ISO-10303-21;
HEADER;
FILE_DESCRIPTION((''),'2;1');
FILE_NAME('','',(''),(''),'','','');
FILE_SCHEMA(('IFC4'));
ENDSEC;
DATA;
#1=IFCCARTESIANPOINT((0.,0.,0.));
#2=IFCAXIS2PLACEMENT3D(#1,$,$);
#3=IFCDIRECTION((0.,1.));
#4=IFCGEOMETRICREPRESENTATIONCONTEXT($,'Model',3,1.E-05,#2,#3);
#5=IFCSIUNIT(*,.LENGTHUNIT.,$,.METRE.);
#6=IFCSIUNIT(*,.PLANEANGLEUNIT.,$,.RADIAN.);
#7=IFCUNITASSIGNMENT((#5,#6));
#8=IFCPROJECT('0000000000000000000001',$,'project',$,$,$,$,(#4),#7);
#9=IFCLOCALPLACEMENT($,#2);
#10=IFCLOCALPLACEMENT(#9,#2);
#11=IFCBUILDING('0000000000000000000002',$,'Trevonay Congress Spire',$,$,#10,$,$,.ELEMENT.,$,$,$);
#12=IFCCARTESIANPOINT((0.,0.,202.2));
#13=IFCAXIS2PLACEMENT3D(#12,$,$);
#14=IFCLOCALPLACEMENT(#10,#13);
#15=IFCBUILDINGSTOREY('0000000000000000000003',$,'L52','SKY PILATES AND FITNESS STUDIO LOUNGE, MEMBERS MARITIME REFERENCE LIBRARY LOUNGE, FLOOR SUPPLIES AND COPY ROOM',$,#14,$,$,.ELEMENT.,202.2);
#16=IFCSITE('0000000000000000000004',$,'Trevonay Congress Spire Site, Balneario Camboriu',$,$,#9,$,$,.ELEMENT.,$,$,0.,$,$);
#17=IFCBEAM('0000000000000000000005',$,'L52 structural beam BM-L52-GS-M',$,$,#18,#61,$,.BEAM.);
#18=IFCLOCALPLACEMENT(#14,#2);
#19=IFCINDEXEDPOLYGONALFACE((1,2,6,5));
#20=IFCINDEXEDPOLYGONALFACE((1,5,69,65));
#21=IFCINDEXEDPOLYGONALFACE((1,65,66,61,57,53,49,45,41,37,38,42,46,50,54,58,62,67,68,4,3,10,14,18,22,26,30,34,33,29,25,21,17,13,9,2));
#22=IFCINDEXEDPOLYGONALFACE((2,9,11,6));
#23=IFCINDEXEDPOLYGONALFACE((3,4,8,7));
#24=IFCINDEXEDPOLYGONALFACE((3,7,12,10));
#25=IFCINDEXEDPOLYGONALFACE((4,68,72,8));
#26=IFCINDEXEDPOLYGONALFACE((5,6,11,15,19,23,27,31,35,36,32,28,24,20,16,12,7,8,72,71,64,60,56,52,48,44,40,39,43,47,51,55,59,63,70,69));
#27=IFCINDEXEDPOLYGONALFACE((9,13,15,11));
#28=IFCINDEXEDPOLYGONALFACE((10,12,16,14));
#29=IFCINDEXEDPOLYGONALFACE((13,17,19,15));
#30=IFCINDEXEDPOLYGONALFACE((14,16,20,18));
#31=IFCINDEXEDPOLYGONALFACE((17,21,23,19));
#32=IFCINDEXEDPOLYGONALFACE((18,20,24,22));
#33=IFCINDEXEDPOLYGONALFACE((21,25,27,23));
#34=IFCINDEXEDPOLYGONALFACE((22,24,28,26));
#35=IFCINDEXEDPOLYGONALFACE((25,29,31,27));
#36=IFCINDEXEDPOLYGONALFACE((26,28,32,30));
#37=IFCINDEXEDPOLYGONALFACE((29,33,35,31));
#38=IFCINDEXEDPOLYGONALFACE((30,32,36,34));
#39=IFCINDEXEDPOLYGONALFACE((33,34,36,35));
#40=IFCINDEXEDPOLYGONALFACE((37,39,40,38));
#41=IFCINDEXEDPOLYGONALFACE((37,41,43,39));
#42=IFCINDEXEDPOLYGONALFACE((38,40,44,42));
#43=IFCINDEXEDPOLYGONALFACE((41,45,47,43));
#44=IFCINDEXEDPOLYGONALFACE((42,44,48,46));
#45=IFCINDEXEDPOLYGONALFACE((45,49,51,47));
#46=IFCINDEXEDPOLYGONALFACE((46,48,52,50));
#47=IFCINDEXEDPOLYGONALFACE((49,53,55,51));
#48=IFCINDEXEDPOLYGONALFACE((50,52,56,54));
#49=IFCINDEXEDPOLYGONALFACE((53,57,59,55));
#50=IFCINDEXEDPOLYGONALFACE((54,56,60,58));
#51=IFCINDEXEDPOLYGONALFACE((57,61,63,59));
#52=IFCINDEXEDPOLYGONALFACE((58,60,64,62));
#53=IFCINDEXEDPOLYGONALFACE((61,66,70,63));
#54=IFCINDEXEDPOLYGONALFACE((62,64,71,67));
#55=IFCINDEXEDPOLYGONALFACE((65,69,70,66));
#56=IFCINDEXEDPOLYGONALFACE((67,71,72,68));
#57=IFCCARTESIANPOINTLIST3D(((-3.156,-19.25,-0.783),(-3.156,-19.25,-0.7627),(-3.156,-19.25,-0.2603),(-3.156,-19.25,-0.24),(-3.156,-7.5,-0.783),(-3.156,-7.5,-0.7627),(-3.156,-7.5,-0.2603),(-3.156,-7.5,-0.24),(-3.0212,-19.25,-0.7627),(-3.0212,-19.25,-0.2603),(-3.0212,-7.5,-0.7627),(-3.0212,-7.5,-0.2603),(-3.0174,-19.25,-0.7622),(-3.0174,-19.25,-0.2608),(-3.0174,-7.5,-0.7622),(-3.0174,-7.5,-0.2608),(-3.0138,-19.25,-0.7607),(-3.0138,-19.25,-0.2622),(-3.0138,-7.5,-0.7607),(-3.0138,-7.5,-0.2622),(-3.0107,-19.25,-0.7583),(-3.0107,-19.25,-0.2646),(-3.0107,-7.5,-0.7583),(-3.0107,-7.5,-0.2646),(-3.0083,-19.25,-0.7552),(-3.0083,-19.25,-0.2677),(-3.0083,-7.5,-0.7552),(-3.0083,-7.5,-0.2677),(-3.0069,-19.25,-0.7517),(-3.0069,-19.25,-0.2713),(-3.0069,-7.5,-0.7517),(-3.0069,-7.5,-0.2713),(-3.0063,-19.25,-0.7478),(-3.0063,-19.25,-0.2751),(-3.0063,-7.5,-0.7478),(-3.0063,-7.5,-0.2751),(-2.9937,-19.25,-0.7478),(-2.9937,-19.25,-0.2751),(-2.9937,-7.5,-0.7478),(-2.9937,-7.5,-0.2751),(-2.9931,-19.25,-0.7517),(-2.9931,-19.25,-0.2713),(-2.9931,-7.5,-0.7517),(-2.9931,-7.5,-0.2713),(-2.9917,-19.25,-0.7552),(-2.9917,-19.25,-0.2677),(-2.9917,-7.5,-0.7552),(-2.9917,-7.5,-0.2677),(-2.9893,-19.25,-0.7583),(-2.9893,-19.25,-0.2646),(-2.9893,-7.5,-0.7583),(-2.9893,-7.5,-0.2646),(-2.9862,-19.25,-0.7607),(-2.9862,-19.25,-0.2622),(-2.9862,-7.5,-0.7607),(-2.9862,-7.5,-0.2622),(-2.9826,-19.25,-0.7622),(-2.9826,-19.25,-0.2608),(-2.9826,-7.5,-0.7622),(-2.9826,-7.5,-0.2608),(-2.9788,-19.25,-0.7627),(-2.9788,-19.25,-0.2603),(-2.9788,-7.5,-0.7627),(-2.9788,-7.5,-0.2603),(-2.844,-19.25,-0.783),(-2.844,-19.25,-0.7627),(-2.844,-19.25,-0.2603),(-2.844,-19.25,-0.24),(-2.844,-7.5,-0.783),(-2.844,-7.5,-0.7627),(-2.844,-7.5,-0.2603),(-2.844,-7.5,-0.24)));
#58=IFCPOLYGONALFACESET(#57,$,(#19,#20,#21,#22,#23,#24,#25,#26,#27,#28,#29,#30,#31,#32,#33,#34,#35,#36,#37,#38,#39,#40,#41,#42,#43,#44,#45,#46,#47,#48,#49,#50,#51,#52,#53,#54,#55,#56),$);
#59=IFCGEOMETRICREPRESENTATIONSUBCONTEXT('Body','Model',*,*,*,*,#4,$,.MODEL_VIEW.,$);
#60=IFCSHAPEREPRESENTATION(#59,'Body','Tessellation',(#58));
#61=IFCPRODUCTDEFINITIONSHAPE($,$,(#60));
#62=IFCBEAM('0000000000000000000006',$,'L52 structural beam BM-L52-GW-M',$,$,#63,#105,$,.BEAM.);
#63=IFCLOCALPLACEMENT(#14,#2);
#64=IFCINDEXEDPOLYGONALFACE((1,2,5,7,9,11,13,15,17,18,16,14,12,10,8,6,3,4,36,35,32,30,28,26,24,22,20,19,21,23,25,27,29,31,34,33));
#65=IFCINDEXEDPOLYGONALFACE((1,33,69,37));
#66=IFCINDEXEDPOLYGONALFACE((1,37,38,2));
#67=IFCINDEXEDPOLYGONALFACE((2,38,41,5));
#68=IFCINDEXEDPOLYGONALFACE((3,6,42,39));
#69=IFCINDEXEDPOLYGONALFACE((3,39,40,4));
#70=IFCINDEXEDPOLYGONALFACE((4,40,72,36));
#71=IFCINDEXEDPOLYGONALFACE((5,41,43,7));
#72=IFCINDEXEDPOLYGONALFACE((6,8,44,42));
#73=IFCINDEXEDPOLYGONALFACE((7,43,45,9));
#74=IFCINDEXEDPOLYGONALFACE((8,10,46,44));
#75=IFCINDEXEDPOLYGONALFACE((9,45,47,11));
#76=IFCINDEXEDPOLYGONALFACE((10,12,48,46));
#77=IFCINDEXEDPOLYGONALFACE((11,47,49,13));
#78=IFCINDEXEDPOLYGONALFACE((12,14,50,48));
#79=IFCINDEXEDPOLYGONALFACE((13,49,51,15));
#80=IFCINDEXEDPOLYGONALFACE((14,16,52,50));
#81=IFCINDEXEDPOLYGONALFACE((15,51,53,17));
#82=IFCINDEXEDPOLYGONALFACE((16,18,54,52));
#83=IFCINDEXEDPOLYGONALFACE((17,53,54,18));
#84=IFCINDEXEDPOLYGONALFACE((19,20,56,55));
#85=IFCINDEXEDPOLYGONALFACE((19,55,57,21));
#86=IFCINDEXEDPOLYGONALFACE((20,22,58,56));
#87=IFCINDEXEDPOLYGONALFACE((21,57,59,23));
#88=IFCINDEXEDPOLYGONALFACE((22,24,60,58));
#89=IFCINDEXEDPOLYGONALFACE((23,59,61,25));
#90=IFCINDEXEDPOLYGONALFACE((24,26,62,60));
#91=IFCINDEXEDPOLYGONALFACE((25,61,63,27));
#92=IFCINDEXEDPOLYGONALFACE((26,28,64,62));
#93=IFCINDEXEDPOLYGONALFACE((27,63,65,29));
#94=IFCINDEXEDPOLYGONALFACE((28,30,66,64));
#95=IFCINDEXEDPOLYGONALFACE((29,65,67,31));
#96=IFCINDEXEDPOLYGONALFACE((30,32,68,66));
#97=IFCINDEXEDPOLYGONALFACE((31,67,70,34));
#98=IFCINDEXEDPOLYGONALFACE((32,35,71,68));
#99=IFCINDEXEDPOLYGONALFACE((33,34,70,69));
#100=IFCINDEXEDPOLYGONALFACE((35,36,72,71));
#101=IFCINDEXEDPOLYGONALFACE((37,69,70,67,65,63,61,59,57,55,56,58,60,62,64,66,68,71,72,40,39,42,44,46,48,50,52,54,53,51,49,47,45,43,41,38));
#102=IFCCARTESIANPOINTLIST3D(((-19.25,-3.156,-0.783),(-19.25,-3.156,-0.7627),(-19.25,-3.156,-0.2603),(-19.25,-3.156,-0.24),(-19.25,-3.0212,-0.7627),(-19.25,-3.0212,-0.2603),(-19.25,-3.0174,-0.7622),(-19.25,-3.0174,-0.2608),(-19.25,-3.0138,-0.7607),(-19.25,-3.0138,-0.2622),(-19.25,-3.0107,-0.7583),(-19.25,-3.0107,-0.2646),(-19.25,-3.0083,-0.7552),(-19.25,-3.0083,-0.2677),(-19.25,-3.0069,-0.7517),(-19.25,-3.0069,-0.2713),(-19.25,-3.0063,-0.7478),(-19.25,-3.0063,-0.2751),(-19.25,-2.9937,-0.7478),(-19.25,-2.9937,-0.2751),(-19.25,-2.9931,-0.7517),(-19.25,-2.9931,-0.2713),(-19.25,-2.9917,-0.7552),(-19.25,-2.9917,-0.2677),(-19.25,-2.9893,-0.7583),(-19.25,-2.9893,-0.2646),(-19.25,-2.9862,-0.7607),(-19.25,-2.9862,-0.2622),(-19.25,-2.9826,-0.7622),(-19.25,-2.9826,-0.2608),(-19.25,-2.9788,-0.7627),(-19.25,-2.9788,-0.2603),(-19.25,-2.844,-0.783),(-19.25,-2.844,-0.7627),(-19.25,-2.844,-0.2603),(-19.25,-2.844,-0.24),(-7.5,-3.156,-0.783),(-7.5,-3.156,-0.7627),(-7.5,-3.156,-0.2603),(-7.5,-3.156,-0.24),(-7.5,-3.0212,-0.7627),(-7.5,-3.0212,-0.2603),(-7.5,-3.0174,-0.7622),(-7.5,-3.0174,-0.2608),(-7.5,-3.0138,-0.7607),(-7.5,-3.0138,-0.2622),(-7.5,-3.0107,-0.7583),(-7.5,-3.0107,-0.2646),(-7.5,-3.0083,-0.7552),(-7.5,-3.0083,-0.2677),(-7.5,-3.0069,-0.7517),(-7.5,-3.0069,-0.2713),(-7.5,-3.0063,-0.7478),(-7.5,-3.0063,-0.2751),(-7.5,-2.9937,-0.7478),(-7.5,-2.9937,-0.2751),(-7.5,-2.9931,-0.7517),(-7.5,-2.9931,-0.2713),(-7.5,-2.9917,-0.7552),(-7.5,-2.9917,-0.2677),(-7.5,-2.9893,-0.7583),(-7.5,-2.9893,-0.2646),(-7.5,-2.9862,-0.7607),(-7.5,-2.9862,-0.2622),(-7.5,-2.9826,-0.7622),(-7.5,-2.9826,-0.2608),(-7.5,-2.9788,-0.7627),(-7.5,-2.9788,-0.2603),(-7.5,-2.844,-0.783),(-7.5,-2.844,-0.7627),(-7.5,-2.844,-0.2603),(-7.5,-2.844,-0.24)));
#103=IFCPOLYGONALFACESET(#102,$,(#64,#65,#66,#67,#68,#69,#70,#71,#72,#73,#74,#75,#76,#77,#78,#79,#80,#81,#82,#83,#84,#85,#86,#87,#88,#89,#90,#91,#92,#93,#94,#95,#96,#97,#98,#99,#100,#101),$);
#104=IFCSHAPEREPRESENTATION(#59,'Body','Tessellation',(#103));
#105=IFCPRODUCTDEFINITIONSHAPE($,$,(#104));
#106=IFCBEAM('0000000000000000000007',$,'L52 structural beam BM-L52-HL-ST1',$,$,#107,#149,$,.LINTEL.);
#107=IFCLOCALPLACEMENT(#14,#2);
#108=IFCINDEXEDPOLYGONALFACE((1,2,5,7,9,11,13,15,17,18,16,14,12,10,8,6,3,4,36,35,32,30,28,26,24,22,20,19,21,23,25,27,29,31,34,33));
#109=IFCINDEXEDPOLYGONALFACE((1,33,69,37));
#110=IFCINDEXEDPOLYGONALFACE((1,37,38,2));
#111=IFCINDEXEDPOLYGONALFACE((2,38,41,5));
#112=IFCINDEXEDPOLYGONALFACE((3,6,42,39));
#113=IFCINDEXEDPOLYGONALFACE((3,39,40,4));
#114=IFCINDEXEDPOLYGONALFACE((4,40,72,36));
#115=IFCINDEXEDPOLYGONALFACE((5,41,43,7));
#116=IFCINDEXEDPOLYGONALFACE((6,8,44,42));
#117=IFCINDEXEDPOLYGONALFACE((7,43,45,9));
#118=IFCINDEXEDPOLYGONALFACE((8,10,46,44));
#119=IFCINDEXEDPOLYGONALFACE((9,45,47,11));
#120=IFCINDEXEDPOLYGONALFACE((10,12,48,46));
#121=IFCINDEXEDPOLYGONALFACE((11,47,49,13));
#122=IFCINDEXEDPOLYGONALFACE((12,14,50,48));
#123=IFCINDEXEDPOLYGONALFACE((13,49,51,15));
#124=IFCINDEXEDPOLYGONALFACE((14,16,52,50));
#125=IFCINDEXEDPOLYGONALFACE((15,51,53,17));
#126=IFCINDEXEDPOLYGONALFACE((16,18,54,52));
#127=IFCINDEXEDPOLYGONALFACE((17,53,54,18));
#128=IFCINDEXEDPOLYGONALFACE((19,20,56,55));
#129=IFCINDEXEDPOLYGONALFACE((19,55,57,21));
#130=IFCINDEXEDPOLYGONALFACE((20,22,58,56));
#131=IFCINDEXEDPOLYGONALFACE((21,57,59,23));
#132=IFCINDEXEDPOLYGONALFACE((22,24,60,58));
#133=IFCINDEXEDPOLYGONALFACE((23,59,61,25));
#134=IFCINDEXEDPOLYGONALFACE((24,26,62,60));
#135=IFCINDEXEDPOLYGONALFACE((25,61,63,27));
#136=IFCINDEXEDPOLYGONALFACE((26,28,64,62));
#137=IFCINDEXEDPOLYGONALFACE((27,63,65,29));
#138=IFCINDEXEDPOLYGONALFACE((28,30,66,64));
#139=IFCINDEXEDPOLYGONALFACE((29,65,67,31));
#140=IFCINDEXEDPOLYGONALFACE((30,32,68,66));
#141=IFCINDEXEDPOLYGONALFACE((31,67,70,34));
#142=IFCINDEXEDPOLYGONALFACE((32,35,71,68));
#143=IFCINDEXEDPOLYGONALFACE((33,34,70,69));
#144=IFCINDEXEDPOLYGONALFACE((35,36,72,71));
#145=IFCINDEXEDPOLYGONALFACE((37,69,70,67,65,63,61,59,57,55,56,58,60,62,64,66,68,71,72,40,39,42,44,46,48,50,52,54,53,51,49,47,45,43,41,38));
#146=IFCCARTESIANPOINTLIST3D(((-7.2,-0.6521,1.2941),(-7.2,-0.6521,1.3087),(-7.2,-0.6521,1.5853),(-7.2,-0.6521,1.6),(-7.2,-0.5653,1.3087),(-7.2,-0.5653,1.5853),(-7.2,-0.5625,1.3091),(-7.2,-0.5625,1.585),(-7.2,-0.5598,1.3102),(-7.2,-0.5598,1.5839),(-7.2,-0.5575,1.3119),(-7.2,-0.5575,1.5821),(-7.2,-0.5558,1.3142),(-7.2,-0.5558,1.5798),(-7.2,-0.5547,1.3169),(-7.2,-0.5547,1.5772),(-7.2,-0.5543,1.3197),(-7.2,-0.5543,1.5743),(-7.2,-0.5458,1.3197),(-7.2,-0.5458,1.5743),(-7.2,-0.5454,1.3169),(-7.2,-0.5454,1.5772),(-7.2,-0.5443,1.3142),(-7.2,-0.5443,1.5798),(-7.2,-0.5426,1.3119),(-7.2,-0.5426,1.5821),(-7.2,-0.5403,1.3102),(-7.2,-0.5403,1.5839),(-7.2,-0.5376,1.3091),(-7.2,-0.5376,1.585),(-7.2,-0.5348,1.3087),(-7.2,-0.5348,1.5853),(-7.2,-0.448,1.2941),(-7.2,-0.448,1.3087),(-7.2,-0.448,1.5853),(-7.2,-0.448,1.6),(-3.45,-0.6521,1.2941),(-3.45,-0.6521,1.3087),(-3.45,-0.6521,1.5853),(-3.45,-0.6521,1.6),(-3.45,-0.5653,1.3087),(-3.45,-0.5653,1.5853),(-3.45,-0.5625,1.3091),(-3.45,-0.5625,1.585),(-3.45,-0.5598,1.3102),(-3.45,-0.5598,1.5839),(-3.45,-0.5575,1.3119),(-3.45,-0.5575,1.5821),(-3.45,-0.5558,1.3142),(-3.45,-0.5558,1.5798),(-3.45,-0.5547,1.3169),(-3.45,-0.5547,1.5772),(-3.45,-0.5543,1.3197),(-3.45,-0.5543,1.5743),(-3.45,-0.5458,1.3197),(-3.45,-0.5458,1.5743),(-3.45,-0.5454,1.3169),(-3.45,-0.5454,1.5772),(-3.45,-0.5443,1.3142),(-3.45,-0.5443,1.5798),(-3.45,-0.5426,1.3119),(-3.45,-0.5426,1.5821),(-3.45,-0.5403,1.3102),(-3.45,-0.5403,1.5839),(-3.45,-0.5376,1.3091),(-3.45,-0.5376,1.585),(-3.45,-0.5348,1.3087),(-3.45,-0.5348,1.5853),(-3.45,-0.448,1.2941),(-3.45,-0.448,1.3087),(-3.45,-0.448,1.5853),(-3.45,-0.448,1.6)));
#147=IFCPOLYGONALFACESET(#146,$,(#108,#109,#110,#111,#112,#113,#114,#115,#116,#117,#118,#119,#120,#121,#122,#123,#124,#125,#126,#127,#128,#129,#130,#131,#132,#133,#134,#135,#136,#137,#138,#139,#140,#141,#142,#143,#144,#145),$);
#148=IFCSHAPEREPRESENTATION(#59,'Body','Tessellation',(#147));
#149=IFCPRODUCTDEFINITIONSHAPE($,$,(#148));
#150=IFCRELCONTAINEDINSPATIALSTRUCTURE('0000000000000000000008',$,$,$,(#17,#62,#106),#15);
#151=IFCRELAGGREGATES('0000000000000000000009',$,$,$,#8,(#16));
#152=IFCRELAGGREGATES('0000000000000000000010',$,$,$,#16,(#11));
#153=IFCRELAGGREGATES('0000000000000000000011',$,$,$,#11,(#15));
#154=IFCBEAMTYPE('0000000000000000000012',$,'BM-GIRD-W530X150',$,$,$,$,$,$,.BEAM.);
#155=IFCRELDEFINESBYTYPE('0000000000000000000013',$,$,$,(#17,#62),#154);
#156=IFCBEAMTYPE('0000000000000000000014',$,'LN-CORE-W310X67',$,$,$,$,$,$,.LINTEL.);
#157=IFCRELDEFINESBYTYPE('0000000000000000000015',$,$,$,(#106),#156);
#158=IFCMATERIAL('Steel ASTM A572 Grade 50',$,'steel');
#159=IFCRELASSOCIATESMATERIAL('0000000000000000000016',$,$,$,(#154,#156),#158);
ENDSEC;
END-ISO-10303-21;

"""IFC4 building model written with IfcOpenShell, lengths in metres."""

from ifc_helpers import new_model, si_unit, direction, frame, origin, origin_2d, place, context, subcontext, project, spatial, i_section, extrude, material, material_profile, profile_set, type_object, element, save


model = new_model("IFC4")

# Units and contexts
model_context = context("Model", 3, precision=1e-05, world=origin(), true_north=direction((0.0, 1.0)))
body_context = subcontext(model_context, "Body", "Model", "MODEL_VIEW")
ifc_project = project(units=[si_unit("LENGTHUNIT", "METRE"), si_unit("PLANEANGLEUNIT", "RADIAN")], contexts=[model_context])

# Site, building, storey
site_placement = place(None, origin())
site = spatial("IfcSite", under=ifc_project, at=site_placement, Name="Trevonay Congress Spire Site, Balneario Camboriu", CompositionType="ELEMENT", RefElevation=0.0)
building_placement = place(site_placement, origin())
building = spatial("IfcBuilding", under=site, at=building_placement, Name="Trevonay Congress Spire", CompositionType="ELEMENT")
storey_placement = place(building_placement, frame((0.0, 0.0, 202.2)))
storey = spatial("IfcBuildingStorey", under=building, at=storey_placement, Name="L52", Description="SKY PILATES AND FITNESS STUDIO LOUNGE, MEMBERS MARITIME REFERENCE LIBRARY LOUNGE, FLOOR SUPPLIES AND COPY ROOM", CompositionType="ELEMENT", Elevation=202.2)

# Shared definitions
ifc_material_1 = material(Name="Steel ASTM A572 Grade 50", Category="steel")

# Beams
ifc_material_profile_1 = material_profile(ifc_material_1, i_section(OverallWidth=0.312, OverallDepth=0.543, WebThickness=0.0127, FlangeThickness=0.0203, FilletRadius=0.0149, at=origin_2d()), Name="W530x150")
ifc_profile_set_1 = profile_set([ifc_material_profile_1], Name="Steel ASTM A572 Grade 50")
beam_type_1 = type_object("IfcBeamType", Name="BM-GIRD-W530X150", PredefinedType="BEAM", material=ifc_profile_set_1)
for number, where, z_axis, x_axis, name in (
    (1, (-3.0, -7.5, -0.5115), (0.0, -1.0, 0.0), (1.0, 0.0, 0.0), "L52 structural beam BM-L52-GS-M"),
    (2, (-7.5, -3.0, -0.5115), (-1.0, 0.0, 0.0), (0.0, -1.0, 0.0), "L52 structural beam BM-L52-GW-M"),
):
    element("IfcBeam", number, at=place(storey_placement, frame(where, z_axis=z_axis, x_axis=x_axis)), inside=storey, type_object=beam_type_1, Name=name, PredefinedType="BEAM", context=body_context, shape_type="SweptSolid", body=[
        extrude(i_section(OverallWidth=0.312, OverallDepth=0.543, WebThickness=0.0127, FlangeThickness=0.0203, FilletRadius=0.0149, at=origin_2d()), origin(), (0.0, 0.0, 1.0), 11.75),
    ])
ifc_material_profile_2 = material_profile(ifc_material_1, i_section(OverallWidth=0.2041, OverallDepth=0.3059, WebThickness=0.0085, FlangeThickness=0.0146, FilletRadius=0.011, at=origin_2d()), Name="W310x67")
ifc_profile_set_2 = profile_set([ifc_material_profile_2], Name="Steel ASTM A572 Grade 50")
beam_type_2 = type_object("IfcBeamType", Name="LN-CORE-W310X67", PredefinedType="LINTEL", material=ifc_profile_set_2)
beam_1_placement = place(storey_placement, frame((-7.2, -0.55, 1.447), z_axis=(1.0, 0.0, 0.0), x_axis=(0.0, 1.0, 0.0)))
element("IfcBeam", 3, at=beam_1_placement, inside=storey, type_object=beam_type_2, Name="L52 structural beam BM-L52-HL-ST1", PredefinedType="LINTEL", context=body_context, shape_type="SweptSolid", body=[
    extrude(i_section(OverallWidth=0.2041, OverallDepth=0.3059, WebThickness=0.0085, FlangeThickness=0.0146, FilletRadius=0.011, at=origin_2d()), origin(), (0.0, 0.0, 1.0), 3.75),
])

save(model, "model.ifc")
